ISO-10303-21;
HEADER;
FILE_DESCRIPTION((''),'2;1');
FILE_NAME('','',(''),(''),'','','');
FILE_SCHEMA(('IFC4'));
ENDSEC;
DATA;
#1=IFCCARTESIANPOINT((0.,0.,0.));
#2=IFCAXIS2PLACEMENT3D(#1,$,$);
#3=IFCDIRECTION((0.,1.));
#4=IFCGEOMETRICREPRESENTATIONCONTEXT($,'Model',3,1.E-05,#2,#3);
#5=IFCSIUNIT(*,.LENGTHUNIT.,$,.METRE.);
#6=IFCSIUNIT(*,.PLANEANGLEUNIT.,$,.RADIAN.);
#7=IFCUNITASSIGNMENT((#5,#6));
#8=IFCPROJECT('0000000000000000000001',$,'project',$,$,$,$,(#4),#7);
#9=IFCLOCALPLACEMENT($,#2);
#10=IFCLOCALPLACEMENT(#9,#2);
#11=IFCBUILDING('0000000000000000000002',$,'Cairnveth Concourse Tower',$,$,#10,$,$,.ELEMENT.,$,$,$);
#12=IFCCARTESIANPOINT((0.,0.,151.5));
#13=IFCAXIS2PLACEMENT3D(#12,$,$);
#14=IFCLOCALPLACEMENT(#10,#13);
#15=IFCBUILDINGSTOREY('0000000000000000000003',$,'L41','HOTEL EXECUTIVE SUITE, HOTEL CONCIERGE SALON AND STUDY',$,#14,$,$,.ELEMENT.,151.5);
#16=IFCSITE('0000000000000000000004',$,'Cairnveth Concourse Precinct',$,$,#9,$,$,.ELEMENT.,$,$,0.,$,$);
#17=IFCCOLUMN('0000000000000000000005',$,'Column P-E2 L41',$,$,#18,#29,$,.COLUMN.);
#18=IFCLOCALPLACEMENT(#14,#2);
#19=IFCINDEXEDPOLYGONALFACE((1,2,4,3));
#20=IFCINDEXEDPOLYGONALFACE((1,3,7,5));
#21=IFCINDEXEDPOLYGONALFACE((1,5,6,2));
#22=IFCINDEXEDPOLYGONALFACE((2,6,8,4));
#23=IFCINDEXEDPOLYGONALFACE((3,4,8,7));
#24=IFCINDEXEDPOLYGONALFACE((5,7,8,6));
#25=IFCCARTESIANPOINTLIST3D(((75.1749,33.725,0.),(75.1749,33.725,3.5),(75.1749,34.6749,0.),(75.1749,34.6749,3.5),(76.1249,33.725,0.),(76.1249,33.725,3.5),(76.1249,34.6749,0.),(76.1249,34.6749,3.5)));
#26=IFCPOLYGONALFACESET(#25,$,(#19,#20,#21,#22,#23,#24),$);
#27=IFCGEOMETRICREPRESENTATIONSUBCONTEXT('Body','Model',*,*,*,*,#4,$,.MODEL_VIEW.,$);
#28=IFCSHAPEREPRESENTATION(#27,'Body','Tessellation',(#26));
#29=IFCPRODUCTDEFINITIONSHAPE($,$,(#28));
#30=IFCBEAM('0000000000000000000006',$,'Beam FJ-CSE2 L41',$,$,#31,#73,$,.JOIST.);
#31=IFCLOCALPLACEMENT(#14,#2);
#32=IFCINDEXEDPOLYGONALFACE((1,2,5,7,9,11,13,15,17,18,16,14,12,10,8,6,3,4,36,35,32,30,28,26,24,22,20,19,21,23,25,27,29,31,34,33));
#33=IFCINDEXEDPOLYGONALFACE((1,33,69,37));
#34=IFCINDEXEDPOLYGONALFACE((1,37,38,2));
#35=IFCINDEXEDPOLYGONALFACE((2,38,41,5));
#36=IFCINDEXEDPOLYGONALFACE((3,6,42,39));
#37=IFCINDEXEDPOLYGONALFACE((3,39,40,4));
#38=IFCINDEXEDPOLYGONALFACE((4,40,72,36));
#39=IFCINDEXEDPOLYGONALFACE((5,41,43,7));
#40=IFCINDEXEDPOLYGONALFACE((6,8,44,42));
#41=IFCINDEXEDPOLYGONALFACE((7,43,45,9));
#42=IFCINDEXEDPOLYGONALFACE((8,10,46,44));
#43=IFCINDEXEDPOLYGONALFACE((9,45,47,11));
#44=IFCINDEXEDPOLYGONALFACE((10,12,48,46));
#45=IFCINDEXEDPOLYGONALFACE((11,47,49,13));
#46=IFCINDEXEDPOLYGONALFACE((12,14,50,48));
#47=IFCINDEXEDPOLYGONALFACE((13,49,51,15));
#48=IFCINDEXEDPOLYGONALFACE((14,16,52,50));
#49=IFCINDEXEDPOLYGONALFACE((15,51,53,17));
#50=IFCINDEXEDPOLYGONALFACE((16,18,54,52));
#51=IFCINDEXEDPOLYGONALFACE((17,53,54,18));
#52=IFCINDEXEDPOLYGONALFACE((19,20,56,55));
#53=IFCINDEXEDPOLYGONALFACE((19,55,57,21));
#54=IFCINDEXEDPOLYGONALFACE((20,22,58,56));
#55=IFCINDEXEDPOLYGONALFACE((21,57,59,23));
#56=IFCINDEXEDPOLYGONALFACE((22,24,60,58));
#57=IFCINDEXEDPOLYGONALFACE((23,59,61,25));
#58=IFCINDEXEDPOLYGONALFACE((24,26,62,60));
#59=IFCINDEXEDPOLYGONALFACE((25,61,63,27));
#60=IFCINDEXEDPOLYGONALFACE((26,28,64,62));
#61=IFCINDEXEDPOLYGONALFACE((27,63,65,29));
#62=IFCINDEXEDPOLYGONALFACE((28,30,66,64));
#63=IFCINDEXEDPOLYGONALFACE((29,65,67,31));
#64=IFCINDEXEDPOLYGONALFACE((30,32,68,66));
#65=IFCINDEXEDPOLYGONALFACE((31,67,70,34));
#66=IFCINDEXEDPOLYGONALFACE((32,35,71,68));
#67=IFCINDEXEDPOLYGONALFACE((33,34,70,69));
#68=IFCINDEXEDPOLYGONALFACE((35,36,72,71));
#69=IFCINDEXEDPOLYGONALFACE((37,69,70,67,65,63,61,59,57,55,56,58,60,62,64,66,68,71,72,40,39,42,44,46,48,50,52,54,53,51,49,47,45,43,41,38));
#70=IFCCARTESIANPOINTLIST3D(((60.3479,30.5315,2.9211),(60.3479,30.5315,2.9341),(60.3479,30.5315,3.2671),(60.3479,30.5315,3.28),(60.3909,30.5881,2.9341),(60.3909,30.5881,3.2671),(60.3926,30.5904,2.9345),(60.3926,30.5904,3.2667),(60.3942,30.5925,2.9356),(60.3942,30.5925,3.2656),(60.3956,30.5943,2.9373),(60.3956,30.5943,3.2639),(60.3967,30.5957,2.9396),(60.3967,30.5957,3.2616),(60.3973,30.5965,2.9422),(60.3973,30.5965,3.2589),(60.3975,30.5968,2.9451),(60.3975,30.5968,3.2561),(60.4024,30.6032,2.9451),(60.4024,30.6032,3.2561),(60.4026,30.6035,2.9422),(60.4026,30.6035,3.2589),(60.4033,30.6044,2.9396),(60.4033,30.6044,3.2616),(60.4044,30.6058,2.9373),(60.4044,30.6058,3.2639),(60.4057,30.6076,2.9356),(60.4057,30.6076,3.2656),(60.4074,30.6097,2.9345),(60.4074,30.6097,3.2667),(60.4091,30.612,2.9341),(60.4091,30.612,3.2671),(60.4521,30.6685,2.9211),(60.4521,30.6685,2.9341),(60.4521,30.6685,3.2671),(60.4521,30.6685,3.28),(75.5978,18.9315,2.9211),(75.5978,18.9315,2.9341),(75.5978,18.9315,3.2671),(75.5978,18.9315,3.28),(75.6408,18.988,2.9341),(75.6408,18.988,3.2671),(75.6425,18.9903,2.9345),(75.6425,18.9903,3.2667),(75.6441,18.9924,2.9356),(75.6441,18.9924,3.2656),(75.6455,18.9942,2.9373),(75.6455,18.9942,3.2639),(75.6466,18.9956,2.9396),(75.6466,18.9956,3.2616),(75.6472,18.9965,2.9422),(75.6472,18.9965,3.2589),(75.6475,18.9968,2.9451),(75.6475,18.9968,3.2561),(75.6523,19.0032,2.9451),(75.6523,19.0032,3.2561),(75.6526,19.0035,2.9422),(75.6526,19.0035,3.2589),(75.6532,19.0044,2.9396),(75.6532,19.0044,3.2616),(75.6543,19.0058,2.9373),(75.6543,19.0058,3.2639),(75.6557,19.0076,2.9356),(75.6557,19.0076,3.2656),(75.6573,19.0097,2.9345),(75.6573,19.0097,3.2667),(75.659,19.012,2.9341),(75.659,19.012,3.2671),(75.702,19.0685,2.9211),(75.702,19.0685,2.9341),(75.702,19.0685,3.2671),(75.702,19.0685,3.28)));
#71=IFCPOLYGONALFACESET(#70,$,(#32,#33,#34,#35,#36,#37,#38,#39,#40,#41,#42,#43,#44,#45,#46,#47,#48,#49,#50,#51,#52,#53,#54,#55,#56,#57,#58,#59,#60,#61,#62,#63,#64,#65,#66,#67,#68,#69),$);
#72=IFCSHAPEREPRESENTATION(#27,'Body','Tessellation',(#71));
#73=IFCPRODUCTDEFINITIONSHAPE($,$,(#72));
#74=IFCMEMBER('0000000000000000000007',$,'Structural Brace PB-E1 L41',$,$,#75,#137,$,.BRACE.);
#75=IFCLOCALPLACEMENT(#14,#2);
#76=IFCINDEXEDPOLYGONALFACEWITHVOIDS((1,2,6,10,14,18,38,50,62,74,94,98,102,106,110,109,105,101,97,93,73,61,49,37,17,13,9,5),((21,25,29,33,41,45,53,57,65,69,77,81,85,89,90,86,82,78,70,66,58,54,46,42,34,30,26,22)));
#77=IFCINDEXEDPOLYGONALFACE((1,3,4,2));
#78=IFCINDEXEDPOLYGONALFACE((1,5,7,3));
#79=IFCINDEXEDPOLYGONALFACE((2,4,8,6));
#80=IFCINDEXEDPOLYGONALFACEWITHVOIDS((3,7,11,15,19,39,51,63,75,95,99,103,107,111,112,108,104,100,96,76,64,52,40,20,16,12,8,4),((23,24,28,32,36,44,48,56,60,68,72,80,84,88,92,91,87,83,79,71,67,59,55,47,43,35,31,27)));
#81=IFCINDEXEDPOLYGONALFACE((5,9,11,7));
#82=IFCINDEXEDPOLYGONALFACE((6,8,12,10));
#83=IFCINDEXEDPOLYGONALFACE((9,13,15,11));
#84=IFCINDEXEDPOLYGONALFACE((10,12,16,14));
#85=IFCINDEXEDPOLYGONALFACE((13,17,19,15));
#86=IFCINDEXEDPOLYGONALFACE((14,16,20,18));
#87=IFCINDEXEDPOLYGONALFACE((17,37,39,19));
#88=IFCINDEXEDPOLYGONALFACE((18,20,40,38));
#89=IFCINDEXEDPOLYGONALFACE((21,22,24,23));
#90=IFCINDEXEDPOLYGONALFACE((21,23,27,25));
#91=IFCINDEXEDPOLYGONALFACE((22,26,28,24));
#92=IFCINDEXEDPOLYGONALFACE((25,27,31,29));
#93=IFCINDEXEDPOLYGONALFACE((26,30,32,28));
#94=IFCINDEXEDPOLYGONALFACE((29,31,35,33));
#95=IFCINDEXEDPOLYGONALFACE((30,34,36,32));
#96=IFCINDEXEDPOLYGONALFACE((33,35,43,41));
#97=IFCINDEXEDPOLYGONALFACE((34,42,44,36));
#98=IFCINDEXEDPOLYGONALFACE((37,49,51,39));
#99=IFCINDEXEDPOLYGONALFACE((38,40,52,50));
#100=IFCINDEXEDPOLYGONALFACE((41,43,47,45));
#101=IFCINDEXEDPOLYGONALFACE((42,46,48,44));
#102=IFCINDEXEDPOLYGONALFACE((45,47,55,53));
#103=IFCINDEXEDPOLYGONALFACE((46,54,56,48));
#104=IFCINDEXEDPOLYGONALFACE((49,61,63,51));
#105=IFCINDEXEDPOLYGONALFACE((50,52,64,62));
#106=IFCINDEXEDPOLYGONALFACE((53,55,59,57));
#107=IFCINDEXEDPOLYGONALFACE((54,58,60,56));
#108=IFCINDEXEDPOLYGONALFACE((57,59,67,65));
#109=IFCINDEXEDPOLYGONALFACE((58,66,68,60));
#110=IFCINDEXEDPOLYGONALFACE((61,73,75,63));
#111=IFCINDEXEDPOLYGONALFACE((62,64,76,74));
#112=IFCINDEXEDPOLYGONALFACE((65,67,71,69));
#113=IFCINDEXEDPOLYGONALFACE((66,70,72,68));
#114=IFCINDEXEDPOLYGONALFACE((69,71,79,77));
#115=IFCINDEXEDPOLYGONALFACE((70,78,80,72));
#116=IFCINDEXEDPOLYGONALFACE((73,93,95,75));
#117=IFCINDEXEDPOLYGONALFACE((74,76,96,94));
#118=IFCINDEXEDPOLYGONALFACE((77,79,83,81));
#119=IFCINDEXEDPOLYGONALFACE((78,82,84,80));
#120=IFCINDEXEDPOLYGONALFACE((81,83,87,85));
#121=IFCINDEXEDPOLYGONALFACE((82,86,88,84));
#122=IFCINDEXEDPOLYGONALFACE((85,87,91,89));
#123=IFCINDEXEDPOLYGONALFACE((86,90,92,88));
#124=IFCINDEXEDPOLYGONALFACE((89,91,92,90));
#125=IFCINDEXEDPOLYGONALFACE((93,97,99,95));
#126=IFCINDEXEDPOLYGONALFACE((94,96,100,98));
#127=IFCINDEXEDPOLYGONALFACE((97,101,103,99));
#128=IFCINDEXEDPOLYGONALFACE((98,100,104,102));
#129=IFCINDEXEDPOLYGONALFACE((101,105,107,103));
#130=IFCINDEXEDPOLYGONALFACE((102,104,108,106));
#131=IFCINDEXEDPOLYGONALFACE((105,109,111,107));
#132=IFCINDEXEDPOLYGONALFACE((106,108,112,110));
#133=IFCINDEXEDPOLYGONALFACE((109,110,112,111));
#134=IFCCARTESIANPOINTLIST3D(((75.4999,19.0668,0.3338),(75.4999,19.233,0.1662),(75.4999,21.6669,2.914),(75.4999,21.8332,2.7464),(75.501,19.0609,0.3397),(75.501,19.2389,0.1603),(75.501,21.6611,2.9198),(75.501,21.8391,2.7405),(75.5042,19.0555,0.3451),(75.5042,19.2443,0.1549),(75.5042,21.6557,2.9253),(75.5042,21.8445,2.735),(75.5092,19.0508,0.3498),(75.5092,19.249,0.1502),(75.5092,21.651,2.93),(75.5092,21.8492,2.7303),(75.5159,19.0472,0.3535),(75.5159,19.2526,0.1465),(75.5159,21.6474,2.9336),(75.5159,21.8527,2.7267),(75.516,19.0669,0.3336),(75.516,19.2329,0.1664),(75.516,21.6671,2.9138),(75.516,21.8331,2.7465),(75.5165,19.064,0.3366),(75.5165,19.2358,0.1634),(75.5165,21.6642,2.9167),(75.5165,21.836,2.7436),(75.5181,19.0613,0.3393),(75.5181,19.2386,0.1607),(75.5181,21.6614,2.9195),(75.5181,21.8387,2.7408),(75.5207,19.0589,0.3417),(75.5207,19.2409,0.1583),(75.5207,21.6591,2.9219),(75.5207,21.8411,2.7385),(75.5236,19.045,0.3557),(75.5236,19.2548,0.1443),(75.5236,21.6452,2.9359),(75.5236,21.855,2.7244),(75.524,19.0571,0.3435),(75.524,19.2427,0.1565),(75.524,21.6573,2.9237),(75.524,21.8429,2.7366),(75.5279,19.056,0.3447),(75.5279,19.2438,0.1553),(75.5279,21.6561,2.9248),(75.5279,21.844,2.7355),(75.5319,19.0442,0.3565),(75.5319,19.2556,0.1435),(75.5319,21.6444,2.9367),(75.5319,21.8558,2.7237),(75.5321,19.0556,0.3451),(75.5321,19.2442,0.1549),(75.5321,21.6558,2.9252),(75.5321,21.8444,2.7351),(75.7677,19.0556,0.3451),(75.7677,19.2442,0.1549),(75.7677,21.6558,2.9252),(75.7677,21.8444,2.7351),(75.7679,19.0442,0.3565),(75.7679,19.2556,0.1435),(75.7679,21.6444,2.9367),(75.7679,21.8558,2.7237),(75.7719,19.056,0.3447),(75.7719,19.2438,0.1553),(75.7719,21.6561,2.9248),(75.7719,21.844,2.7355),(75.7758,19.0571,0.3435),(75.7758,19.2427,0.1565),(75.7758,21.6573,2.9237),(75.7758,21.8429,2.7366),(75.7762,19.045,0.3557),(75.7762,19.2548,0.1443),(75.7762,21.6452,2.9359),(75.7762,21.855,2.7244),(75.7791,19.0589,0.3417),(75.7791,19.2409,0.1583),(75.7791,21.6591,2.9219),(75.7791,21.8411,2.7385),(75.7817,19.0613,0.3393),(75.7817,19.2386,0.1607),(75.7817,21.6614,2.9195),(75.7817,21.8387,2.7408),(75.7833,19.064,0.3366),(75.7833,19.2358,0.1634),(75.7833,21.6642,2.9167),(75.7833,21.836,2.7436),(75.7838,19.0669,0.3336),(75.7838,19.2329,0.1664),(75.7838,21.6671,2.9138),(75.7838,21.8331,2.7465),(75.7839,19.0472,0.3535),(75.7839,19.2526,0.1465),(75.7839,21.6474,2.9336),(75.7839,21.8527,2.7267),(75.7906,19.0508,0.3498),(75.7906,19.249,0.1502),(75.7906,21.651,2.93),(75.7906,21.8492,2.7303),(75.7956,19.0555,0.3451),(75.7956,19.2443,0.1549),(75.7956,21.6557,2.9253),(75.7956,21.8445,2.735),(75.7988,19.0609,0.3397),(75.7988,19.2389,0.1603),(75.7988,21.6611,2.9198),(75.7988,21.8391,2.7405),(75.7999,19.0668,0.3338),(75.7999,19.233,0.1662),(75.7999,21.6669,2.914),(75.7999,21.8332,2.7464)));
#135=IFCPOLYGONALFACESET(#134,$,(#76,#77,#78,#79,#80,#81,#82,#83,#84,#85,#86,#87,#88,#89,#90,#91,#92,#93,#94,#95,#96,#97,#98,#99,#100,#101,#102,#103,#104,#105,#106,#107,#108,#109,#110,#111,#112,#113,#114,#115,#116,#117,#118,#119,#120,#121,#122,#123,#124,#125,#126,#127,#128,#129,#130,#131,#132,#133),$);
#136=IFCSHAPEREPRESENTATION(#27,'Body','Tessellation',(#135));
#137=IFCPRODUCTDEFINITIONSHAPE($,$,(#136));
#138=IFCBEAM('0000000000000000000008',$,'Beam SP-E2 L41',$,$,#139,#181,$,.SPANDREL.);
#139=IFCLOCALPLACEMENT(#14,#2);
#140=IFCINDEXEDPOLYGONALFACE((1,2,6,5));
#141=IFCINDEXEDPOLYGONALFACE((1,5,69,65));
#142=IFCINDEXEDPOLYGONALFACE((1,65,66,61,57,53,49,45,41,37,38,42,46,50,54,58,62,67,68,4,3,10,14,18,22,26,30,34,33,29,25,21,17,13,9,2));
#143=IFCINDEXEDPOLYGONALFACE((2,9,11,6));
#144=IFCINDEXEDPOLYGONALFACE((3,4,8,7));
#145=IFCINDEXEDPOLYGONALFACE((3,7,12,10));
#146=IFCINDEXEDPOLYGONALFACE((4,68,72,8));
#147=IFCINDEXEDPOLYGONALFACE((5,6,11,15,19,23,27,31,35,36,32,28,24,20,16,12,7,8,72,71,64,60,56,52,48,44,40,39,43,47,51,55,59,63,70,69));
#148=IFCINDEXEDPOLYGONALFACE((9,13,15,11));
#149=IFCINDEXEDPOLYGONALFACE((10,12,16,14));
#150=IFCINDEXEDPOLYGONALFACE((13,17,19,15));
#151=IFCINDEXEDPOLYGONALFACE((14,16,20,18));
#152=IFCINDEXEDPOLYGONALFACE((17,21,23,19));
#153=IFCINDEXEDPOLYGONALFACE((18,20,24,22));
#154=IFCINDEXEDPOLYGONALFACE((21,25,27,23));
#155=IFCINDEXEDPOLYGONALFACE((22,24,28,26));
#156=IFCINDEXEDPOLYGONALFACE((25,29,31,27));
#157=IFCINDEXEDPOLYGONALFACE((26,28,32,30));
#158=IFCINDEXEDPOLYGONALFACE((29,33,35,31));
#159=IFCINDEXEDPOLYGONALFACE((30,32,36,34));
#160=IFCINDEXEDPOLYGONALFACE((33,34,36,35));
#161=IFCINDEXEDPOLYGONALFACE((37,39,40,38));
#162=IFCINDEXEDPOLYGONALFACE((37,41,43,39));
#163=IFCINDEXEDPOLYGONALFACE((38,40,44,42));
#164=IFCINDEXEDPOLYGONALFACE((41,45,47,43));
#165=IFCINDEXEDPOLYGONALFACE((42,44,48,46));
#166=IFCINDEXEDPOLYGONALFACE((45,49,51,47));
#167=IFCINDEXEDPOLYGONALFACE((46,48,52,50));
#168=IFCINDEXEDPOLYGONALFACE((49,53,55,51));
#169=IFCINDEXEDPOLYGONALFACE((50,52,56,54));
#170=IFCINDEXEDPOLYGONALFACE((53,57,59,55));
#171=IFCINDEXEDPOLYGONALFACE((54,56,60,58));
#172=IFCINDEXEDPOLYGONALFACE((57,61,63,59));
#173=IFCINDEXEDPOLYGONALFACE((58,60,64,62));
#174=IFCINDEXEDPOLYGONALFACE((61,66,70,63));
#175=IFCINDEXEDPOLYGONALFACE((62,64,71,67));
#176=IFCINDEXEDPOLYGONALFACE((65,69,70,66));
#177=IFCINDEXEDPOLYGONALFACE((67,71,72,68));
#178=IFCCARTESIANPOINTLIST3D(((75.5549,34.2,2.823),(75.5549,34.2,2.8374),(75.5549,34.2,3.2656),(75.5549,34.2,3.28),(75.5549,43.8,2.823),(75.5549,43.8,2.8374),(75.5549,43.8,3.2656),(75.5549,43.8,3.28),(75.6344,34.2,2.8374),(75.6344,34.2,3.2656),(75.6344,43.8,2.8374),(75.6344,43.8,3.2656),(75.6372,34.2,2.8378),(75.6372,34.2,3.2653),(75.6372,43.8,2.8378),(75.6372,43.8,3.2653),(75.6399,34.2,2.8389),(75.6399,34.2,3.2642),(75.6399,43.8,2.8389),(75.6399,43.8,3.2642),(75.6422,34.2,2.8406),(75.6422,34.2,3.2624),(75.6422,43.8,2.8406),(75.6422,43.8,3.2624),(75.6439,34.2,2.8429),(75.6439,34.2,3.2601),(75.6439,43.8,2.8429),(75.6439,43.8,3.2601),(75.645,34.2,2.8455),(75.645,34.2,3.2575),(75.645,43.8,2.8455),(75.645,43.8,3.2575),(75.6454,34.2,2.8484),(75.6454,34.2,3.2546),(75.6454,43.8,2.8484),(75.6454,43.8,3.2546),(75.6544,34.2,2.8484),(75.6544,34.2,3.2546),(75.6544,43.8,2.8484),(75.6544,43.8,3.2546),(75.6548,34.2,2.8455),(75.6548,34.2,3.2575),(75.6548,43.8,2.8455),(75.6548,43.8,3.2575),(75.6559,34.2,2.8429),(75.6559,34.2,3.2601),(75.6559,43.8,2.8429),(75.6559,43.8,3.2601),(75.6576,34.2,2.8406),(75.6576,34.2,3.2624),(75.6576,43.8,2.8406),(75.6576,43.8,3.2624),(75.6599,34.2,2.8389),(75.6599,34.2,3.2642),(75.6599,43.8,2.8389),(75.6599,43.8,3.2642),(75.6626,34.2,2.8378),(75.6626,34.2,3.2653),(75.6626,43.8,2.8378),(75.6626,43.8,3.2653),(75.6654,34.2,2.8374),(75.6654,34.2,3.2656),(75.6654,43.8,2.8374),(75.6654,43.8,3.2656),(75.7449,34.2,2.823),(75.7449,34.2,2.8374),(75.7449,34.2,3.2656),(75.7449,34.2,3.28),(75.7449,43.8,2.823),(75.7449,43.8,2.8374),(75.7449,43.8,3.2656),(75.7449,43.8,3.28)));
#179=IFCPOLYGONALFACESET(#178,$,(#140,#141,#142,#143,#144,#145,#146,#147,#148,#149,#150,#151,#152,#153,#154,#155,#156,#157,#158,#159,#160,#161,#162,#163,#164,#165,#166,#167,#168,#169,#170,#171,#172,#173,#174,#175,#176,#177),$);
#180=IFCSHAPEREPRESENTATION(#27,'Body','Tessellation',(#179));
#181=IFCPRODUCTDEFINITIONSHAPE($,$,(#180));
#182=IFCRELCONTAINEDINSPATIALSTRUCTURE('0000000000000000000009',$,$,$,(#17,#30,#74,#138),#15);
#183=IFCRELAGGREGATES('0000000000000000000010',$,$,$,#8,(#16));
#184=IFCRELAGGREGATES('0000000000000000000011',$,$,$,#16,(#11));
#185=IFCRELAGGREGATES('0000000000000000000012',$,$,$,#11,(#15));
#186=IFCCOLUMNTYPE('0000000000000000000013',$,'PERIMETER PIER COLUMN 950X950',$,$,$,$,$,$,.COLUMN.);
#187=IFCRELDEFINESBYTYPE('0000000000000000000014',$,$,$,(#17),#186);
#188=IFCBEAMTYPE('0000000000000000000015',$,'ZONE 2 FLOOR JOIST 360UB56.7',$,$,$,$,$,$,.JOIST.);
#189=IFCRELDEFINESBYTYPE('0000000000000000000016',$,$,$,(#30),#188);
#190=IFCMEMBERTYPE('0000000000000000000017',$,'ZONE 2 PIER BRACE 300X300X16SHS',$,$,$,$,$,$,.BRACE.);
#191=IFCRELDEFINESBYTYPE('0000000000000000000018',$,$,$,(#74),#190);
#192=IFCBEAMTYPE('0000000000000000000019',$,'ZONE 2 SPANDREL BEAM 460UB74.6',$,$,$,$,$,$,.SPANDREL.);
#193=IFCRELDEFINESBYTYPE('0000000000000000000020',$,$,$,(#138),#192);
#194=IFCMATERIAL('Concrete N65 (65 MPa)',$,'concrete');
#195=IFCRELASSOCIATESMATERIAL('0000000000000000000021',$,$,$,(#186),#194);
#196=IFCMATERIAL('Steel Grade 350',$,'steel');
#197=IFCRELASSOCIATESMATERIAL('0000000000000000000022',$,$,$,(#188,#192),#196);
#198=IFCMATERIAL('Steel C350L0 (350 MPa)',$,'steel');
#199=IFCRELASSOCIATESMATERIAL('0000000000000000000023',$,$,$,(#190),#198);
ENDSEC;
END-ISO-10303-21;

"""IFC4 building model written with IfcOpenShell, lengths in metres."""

from ifc_helpers import new_model, si_unit, direction, frame, origin, origin_2d, place, context, subcontext, project, spatial, rectangle, hollow_rectangle, i_section, extrude, material, material_profile, profile_set, type_object, element, save


model = new_model("IFC4")

# Units and contexts
model_context = context("Model", 3, precision=1e-05, world=origin(), true_north=direction((0.0, 1.0)))
body_context = subcontext(model_context, "Body", "Model", "MODEL_VIEW")
ifc_project = project(units=[si_unit("LENGTHUNIT", "METRE"), si_unit("PLANEANGLEUNIT", "RADIAN")], contexts=[model_context])

# Site, building, storey
site_placement = place(None, origin())
site = spatial("IfcSite", under=ifc_project, at=site_placement, Name="Cairnveth Concourse Precinct", CompositionType="ELEMENT", RefElevation=0.0)
building_placement = place(site_placement, origin())
building = spatial("IfcBuilding", under=site, at=building_placement, Name="Cairnveth Concourse Tower", CompositionType="ELEMENT")
storey_placement = place(building_placement, frame((0.0, 0.0, 151.5)))
storey = spatial("IfcBuildingStorey", under=building, at=storey_placement, Name="L41", Description="HOTEL EXECUTIVE SUITE, HOTEL CONCIERGE SALON AND STUDY", CompositionType="ELEMENT", Elevation=151.5)

# Column
ifc_material_1 = material(Name="Concrete N65 (65 MPa)", Category="concrete")
ifc_material_profile_1 = material_profile(ifc_material_1, rectangle(XDim=0.95, YDim=0.95, at=origin_2d()), Name="RC-COL-950x950")
ifc_profile_set_1 = profile_set([ifc_material_profile_1], Name="Concrete N65 (65 MPa)")
column_type = type_object("IfcColumnType", Name="PERIMETER PIER COLUMN 950X950", PredefinedType="COLUMN", material=ifc_profile_set_1)
column_placement = place(storey_placement, frame((75.6499, 34.2, 0.0), z_axis=(0.0, 0.0, 1.0), x_axis=(0.0, 1.0, 0.0)))
element("IfcColumn", 1, at=column_placement, inside=storey, type_object=column_type, Name="Column P-E2 L41", PredefinedType="COLUMN", context=body_context, shape_type="SweptSolid", body=[
    extrude(rectangle(XDim=0.95, YDim=0.95, at=origin_2d()), origin(), (0.0, 0.0, 1.0), 3.5),
])

# Beam
ifc_material_2 = material(Name="Steel Grade 350", Category="steel")
ifc_material_profile_2 = material_profile(ifc_material_2, i_section(OverallWidth=0.1721, OverallDepth=0.3589, WebThickness=0.0081, FlangeThickness=0.0129, FilletRadius=0.011, at=origin_2d()), Name="360UB56.7")
ifc_profile_set_2 = profile_set([ifc_material_profile_2], Name="Steel Grade 350")
beam_type_1 = type_object("IfcBeamType", Name="ZONE 2 FLOOR JOIST 360UB56.7", PredefinedType="JOIST", material=ifc_profile_set_2)
beam_1_placement = place(storey_placement, frame((75.6499, 19.0, 3.1006), z_axis=(-0.795908, 0.605417, 0.0), x_axis=(-0.605417, -0.795908, 0.0)))
element("IfcBeam", 2, at=beam_1_placement, inside=storey, type_object=beam_type_1, Name="Beam FJ-CSE2 L41", PredefinedType="JOIST", context=body_context, shape_type="SweptSolid", body=[
    extrude(i_section(OverallWidth=0.1721, OverallDepth=0.3589, WebThickness=0.0081, FlangeThickness=0.0129, FilletRadius=0.011, at=origin_2d()), origin(), (0.0, 0.0, 1.0), 19.1604),
])

# Member
ifc_material_3 = material(Name="Steel C350L0 (350 MPa)", Category="steel")
ifc_material_profile_3 = material_profile(ifc_material_3, hollow_rectangle(XDim=0.3, YDim=0.3, WallThickness=0.0161, InnerFilletRadius=0.0161, OuterFilletRadius=0.032, at=origin_2d()), Name="300x300x16.0SHS")
ifc_profile_set_3 = profile_set([ifc_material_profile_3], Name="Steel C350L0 (350 MPa)")
member_type = type_object("IfcMemberType", Name="ZONE 2 PIER BRACE 300X300X16SHS", PredefinedType="BRACE", material=ifc_profile_set_3)
member_placement = place(storey_placement, frame((75.6499, 19.1499, 0.25), z_axis=(0.0, 0.709834, 0.704369), x_axis=(-1.0, 0.0, 0.0)))
element("IfcMember", 3, at=member_placement, inside=storey, type_object=member_type, Name="Structural Brace PB-E1 L41", PredefinedType="BRACE", context=body_context, shape_type="SweptSolid", body=[
    extrude(hollow_rectangle(XDim=0.3, YDim=0.3, WallThickness=0.0161, InnerFilletRadius=0.0161, OuterFilletRadius=0.032, at=origin_2d()), origin(), (0.0, 0.0, 1.0), 3.6631),
])

# Beam
ifc_material_profile_4 = material_profile(ifc_material_2, i_section(OverallWidth=0.1899, OverallDepth=0.457, WebThickness=0.009, FlangeThickness=0.0144, FilletRadius=0.011, at=origin_2d()), Name="460UB74.6")
ifc_profile_set_4 = profile_set([ifc_material_profile_4], Name="Steel Grade 350")
beam_type_2 = type_object("IfcBeamType", Name="ZONE 2 SPANDREL BEAM 460UB74.6", PredefinedType="SPANDREL", material=ifc_profile_set_4)
beam_2_placement = place(storey_placement, frame((75.6499, 34.2, 3.0515), z_axis=(0.0, 1.0, 0.0), x_axis=(-1.0, 0.0, 0.0)))
element("IfcBeam", 4, at=beam_2_placement, inside=storey, type_object=beam_type_2, Name="Beam SP-E2 L41", PredefinedType="SPANDREL", context=body_context, shape_type="SweptSolid", body=[
    extrude(i_section(OverallWidth=0.1899, OverallDepth=0.457, WebThickness=0.009, FlangeThickness=0.0144, FilletRadius=0.011, at=origin_2d()), origin(), (0.0, 0.0, 1.0), 9.6001),
])

save(model, "model.ifc")
